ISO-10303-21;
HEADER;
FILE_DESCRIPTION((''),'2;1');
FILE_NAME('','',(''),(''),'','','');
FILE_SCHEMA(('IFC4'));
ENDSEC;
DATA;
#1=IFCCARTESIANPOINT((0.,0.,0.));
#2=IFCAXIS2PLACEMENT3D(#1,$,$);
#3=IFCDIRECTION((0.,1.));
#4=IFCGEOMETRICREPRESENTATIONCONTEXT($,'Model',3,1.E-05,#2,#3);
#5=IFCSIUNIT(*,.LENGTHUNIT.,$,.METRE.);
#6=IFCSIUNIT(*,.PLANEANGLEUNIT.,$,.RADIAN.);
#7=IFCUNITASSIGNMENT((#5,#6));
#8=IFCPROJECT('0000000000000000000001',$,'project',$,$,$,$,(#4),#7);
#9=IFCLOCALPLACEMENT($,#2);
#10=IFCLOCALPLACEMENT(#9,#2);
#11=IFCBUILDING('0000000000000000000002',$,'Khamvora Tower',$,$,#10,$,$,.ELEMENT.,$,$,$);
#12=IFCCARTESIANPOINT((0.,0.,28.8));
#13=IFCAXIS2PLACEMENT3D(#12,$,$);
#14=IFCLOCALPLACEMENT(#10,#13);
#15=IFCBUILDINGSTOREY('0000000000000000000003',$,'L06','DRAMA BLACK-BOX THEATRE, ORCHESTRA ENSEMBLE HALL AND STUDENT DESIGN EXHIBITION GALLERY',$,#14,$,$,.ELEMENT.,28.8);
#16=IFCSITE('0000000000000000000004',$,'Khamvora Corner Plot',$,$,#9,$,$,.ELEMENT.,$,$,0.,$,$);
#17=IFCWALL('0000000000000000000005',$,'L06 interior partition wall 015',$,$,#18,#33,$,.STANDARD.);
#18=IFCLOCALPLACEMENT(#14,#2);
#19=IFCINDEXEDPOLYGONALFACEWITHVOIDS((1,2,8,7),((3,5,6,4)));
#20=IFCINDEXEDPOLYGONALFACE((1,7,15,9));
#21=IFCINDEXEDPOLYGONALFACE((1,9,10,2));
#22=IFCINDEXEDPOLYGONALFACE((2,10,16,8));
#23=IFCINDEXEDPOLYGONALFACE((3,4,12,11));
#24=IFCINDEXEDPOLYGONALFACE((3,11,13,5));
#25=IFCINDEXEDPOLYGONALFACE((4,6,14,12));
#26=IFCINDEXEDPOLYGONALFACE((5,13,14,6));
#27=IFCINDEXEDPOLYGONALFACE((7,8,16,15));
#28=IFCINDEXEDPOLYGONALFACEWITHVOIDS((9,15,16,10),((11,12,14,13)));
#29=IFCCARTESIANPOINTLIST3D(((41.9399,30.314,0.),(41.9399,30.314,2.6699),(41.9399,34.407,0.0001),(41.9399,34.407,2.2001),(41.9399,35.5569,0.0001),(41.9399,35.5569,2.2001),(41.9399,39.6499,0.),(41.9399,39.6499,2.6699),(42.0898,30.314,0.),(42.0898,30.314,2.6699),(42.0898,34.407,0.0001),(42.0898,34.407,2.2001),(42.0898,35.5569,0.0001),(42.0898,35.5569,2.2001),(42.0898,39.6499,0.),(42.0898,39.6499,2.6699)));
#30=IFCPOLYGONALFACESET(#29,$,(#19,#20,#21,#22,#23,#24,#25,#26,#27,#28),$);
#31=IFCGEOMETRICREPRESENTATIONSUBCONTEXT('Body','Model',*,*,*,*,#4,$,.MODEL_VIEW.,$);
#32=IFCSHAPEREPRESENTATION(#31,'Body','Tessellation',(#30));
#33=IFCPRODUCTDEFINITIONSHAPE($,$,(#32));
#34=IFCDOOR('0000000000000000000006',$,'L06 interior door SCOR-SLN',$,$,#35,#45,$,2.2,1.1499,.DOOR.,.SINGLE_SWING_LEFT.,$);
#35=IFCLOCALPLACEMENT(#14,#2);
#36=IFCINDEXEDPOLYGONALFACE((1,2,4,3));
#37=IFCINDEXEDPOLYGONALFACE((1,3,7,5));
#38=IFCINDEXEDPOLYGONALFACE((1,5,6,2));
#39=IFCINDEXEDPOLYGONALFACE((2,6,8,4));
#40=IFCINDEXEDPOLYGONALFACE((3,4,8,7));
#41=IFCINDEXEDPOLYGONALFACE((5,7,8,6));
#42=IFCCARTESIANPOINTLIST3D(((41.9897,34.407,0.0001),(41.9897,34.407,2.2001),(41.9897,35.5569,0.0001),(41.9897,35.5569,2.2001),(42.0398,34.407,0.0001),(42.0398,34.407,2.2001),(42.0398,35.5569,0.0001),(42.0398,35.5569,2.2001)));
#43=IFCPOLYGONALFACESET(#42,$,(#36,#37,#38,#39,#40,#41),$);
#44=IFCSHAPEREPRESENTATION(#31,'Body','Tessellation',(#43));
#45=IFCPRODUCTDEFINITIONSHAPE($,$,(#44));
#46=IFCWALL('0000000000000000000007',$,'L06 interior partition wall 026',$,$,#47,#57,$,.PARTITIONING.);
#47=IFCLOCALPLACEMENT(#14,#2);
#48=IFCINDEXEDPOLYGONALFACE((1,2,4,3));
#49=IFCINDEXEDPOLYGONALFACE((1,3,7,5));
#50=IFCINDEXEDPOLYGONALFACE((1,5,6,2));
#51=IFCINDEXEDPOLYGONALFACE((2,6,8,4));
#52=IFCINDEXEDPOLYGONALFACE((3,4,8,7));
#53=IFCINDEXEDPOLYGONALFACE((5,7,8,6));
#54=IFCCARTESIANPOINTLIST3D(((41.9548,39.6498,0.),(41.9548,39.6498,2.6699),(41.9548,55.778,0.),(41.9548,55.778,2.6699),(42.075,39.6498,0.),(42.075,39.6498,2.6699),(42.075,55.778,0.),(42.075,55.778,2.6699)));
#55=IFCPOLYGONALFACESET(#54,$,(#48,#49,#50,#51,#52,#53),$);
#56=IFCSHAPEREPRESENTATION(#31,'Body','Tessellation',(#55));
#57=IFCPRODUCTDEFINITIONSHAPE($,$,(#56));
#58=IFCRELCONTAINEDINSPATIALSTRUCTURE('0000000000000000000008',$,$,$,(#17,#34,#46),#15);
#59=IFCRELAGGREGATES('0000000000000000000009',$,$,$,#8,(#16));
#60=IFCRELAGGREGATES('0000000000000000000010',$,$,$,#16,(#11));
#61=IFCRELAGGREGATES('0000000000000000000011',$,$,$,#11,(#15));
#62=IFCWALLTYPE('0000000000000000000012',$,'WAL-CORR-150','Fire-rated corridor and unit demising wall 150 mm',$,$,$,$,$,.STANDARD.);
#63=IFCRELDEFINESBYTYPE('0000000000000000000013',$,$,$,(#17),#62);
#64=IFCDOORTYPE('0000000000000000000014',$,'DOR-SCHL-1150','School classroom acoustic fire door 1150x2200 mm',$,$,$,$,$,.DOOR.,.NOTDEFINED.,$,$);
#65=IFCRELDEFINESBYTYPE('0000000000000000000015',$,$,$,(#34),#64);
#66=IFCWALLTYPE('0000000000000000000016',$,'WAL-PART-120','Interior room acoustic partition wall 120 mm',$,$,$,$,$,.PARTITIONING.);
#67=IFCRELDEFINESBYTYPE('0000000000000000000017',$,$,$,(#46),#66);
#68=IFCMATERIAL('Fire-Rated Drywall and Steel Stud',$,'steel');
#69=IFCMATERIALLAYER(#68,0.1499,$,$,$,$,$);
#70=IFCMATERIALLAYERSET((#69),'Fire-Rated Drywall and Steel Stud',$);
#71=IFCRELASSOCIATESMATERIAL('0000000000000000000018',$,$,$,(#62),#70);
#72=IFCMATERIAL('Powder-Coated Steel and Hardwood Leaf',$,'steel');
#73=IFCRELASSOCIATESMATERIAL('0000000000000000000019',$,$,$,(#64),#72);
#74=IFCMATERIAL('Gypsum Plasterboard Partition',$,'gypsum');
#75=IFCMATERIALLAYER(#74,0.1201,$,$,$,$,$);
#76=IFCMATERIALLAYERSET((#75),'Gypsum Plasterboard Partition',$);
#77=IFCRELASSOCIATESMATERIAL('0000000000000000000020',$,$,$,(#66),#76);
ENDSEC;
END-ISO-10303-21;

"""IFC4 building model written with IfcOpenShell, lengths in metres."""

from ifc_helpers import new_model, si_unit, direction, frame, frame_2d, origin, place, context, subcontext, project, spatial, rectangle, extrude, material, layer, layer_set, type_object, element, fill, save


model = new_model("IFC4")

# Units and contexts
model_context = context("Model", 3, precision=1e-05, world=origin(), true_north=direction((0.0, 1.0)))
body_context = subcontext(model_context, "Body", "Model", "MODEL_VIEW")
ifc_project = project(units=[si_unit("LENGTHUNIT", "METRE"), si_unit("PLANEANGLEUNIT", "RADIAN")], contexts=[model_context])

# Site, building, storey
site_placement = place(None, origin())
site = spatial("IfcSite", under=ifc_project, at=site_placement, Name="Khamvora Corner Plot", CompositionType="ELEMENT", RefElevation=0.0)
building_placement = place(site_placement, origin())
building = spatial("IfcBuilding", under=site, at=building_placement, Name="Khamvora Tower", CompositionType="ELEMENT")
storey_placement = place(building_placement, frame((0.0, 0.0, 28.8)))
storey = spatial("IfcBuildingStorey", under=building, at=storey_placement, Name="L06", Description="DRAMA BLACK-BOX THEATRE, ORCHESTRA ENSEMBLE HALL AND STUDENT DESIGN EXHIBITION GALLERY", CompositionType="ELEMENT", Elevation=28.8)

# Wall, opening, door
ifc_material_1 = material(Name="Fire-Rated Drywall and Steel Stud", Category="steel")
ifc_layer_1 = layer(ifc_material_1, 0.1499)
ifc_layer_set_1 = layer_set([ifc_layer_1], Name="Fire-Rated Drywall and Steel Stud")
wall_type_1 = type_object("IfcWallType", Name="WAL-CORR-150", Description="Fire-rated corridor and unit demising wall 150 mm", PredefinedType="STANDARD", material=ifc_layer_set_1)
wall_1_placement = place(storey_placement, frame((42.0149, 39.6499, 0.0), z_axis=(0.0, 0.0, 1.0), x_axis=(0.0, -1.0, 0.0)))
wall_1 = element("IfcWall", 1, at=wall_1_placement, inside=storey, type_object=wall_type_1, Name="L06 interior partition wall 015", PredefinedType="STANDARD", context=body_context, shape_type="SweptSolid", body=[
    extrude(rectangle(XDim=9.3359, YDim=0.1499, at=frame_2d((4.668, 0.0))), origin(), (0.0, 0.0, 1.0), 2.6699),
])
opening_placement = place(wall_1_placement, frame((4.093, 0.0, 0.0)))
opening = element("IfcOpeningElement", 2, at=opening_placement, cuts=wall_1, PredefinedType="OPENING", context=body_context, shape_type="SweptSolid", body=[
    extrude(rectangle(XDim=1.1499, YDim=2.2, at=frame_2d((0.575, 1.1001))), frame((0.0, 0.085, 0.0), z_axis=(0.0, -1.0, 0.0), x_axis=(1.0, 0.0, 0.0)), (0.0, 0.0, 1.0), 0.1699),
])
ifc_material_2 = material(Name="Powder-Coated Steel and Hardwood Leaf", Category="steel")
door_type = type_object("IfcDoorType", Name="DOR-SCHL-1150", Description="School classroom acoustic fire door 1150x2200 mm", OperationType="NOTDEFINED", PredefinedType="DOOR", material=ifc_material_2)
door_placement = place(opening_placement, origin())
door = element("IfcDoor", 3, at=door_placement, inside=storey, type_object=door_type, Name="L06 interior door SCOR-SLN", OperationType="SINGLE_SWING_LEFT", OverallHeight=2.2, OverallWidth=1.1499, PredefinedType="DOOR", context=body_context, shape_type="SweptSolid", body=[
    extrude(rectangle(XDim=1.1499, YDim=2.2, at=frame_2d((0.575, 1.1001))), frame((0.0, 0.0249, 0.0), z_axis=(0.0, -1.0, 0.0), x_axis=(1.0, 0.0, 0.0)), (0.0, 0.0, 1.0), 0.05),
])
fill(opening, door)

# Wall
ifc_material_3 = material(Name="Gypsum Plasterboard Partition", Category="gypsum")
ifc_layer_2 = layer(ifc_material_3, 0.1201)
ifc_layer_set_2 = layer_set([ifc_layer_2], Name="Gypsum Plasterboard Partition")
wall_type_2 = type_object("IfcWallType", Name="WAL-PART-120", Description="Interior room acoustic partition wall 120 mm", PredefinedType="PARTITIONING", material=ifc_layer_set_2)
wall_2_placement = place(storey_placement, frame((42.0149, 39.6499, 0.0), z_axis=(0.0, 0.0, 1.0), x_axis=(0.0, 1.0, 0.0)))
element("IfcWall", 4, at=wall_2_placement, inside=storey, type_object=wall_type_2, Name="L06 interior partition wall 026", PredefinedType="PARTITIONING", context=body_context, shape_type="SweptSolid", body=[
    extrude(rectangle(XDim=16.1282, YDim=0.1201, at=frame_2d((8.064, 0.0))), origin(), (0.0, 0.0, 1.0), 2.6699),
])

save(model, "model.ifc")
